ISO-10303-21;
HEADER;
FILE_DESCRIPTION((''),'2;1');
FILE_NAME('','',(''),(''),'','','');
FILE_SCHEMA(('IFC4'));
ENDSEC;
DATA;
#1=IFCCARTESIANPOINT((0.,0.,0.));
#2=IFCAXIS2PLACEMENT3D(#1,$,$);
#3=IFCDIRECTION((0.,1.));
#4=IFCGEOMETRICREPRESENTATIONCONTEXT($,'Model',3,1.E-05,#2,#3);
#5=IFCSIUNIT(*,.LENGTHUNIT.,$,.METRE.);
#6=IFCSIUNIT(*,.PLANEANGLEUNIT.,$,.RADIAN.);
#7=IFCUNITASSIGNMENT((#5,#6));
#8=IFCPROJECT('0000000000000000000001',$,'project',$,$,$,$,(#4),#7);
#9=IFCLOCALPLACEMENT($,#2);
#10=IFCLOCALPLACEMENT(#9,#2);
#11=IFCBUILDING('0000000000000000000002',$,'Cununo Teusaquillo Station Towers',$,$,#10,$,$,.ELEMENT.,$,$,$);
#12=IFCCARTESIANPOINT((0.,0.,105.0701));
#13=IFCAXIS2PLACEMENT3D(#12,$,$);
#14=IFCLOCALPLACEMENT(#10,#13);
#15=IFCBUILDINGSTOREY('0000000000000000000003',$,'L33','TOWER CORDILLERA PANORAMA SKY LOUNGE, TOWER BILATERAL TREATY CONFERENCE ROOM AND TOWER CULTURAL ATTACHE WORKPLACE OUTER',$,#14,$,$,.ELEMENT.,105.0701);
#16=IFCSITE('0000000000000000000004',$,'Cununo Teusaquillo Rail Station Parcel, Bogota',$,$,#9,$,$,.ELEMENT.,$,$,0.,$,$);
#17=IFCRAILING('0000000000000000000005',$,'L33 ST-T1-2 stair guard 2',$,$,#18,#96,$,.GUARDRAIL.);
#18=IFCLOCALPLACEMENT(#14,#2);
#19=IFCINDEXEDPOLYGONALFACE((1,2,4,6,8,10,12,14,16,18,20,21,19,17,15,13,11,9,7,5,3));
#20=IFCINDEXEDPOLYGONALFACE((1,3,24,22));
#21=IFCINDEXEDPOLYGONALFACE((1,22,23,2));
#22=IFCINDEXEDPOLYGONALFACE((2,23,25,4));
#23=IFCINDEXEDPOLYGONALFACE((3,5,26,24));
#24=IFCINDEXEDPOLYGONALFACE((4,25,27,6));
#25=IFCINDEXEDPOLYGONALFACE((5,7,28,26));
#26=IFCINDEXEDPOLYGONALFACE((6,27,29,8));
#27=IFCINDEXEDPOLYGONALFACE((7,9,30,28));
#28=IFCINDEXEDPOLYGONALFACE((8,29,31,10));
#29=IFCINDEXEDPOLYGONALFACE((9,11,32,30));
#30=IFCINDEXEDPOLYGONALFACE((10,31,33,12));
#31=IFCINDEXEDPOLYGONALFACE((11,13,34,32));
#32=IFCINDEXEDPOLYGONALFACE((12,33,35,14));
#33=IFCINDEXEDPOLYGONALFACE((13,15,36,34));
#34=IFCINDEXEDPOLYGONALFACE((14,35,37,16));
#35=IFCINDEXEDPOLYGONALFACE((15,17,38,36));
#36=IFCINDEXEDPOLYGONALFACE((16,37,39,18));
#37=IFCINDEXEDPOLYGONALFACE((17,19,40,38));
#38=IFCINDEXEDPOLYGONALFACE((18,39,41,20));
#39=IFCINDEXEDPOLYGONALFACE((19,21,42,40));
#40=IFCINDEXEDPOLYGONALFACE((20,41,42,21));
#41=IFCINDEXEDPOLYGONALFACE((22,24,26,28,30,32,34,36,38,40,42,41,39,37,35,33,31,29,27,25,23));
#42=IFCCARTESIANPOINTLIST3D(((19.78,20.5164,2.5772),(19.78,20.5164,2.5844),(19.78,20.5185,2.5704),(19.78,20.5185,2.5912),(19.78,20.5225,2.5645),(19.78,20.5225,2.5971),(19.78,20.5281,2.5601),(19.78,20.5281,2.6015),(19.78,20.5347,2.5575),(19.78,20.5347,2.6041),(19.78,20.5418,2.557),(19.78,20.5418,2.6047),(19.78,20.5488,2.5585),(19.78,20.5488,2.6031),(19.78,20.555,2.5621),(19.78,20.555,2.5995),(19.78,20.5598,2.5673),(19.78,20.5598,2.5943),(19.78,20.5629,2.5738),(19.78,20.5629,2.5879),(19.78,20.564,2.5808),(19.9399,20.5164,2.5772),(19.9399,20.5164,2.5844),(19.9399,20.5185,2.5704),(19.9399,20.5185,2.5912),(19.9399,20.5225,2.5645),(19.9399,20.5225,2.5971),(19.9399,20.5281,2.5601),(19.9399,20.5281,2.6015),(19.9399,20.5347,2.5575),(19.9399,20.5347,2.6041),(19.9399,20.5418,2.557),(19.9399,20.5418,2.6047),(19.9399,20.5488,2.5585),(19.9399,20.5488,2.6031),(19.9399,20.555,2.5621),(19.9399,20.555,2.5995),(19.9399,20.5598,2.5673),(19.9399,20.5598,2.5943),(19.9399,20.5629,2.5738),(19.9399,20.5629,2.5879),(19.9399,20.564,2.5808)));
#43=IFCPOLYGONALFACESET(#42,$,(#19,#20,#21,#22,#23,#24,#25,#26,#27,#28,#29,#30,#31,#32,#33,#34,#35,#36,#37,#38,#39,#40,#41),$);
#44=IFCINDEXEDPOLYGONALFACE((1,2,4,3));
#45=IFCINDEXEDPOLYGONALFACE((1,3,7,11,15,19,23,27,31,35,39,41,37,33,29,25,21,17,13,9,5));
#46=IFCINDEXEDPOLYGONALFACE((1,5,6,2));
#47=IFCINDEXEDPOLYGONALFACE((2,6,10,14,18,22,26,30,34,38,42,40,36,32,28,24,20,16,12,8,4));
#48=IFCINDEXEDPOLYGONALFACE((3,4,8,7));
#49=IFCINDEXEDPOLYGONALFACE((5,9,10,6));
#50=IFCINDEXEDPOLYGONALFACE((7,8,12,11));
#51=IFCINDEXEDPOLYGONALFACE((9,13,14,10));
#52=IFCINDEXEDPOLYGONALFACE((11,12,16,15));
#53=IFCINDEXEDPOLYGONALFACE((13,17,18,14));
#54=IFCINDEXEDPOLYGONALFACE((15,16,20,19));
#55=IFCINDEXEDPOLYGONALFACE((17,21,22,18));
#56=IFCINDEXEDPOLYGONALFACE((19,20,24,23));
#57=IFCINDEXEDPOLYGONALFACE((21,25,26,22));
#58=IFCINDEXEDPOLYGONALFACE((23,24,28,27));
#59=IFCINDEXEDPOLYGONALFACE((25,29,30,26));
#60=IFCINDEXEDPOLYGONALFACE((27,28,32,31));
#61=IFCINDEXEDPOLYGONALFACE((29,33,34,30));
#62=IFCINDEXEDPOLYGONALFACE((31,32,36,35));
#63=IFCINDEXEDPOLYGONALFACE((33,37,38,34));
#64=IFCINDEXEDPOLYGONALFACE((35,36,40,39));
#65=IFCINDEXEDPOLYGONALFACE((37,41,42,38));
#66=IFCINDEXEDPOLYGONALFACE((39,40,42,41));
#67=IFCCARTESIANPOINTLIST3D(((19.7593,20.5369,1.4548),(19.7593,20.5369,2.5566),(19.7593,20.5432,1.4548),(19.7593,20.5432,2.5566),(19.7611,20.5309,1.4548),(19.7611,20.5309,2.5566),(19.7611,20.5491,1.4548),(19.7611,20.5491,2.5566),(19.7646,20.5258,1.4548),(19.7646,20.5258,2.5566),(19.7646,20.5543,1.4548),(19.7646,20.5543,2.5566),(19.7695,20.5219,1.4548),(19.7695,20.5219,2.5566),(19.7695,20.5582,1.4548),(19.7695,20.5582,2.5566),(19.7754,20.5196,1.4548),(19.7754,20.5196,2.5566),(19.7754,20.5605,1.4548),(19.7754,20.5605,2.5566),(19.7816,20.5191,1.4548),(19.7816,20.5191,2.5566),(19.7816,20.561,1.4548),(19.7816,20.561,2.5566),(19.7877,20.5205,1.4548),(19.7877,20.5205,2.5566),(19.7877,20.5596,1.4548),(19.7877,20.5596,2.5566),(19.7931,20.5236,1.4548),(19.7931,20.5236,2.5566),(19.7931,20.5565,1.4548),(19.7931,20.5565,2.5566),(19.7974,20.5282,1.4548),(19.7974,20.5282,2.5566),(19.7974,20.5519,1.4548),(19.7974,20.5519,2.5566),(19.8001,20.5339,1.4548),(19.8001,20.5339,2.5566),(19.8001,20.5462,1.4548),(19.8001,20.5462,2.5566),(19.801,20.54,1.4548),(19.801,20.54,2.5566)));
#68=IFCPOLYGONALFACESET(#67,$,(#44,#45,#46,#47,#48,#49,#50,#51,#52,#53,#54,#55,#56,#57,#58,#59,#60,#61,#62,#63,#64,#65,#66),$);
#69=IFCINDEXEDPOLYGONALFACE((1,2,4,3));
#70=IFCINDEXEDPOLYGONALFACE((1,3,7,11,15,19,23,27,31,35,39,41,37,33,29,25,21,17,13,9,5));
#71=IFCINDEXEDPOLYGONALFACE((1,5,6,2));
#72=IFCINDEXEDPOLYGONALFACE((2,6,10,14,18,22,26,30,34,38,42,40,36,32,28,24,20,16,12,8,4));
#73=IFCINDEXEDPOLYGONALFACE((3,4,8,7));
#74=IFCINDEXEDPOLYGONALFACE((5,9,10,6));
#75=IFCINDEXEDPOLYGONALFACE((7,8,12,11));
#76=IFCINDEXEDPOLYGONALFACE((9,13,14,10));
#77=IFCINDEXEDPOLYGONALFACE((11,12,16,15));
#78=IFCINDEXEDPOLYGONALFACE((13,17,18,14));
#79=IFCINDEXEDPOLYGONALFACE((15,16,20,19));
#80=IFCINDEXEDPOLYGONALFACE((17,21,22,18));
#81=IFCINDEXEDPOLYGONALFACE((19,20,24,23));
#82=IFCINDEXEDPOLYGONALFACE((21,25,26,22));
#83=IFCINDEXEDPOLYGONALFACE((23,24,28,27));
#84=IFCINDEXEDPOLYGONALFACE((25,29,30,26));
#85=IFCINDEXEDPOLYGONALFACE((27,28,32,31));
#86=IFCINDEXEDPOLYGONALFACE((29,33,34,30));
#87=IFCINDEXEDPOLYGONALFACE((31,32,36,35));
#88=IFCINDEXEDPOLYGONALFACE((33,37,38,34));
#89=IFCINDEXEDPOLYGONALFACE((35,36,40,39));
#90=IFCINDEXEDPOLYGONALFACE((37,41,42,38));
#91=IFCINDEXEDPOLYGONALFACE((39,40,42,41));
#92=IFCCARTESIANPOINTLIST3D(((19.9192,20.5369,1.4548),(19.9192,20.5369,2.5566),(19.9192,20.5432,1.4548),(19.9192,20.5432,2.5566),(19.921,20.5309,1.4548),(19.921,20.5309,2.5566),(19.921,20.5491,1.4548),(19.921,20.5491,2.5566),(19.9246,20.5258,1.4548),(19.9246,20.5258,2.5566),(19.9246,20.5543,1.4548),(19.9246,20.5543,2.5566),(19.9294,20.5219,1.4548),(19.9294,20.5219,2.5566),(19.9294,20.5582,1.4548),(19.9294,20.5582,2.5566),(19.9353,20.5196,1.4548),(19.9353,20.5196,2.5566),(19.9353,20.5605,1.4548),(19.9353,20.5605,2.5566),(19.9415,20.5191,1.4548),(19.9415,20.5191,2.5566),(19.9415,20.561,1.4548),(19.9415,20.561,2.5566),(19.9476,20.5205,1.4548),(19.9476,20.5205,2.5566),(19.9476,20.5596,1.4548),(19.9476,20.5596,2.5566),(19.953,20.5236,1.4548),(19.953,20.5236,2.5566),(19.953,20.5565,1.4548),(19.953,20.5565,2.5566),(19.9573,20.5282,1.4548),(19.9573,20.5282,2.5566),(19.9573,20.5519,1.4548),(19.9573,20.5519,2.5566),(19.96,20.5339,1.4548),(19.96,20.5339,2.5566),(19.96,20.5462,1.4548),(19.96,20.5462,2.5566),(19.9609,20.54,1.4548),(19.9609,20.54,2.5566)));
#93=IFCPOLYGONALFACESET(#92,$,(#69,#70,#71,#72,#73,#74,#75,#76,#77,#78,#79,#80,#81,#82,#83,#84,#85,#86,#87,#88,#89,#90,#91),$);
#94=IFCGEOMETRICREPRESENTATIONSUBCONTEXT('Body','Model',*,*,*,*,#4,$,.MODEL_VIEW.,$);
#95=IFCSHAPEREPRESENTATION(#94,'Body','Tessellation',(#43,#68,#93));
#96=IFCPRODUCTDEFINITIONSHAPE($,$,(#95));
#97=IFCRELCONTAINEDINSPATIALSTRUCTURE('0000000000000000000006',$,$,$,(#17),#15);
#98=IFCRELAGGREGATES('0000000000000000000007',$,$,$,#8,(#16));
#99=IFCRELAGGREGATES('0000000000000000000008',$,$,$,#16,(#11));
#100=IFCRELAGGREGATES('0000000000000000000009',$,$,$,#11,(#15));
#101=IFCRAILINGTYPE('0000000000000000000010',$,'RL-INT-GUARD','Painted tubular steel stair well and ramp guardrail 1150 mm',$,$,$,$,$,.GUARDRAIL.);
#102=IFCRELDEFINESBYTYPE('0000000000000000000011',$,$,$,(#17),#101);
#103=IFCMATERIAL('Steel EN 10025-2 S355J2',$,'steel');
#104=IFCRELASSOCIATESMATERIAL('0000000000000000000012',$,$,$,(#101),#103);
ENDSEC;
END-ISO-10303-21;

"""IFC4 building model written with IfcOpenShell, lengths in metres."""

from ifc_helpers import new_model, si_unit, direction, frame, origin, origin_2d, place, context, subcontext, project, spatial, circle, extrude, material, type_object, element, save


model = new_model("IFC4")

# Units and contexts
model_context = context("Model", 3, precision=1e-05, world=origin(), true_north=direction((0.0, 1.0)))
body_context = subcontext(model_context, "Body", "Model", "MODEL_VIEW")
ifc_project = project(units=[si_unit("LENGTHUNIT", "METRE"), si_unit("PLANEANGLEUNIT", "RADIAN")], contexts=[model_context])

# Site, building, storey
site_placement = place(None, origin())
site = spatial("IfcSite", under=ifc_project, at=site_placement, Name="Cununo Teusaquillo Rail Station Parcel, Bogota", CompositionType="ELEMENT", RefElevation=0.0)
building_placement = place(site_placement, origin())
building = spatial("IfcBuilding", under=site, at=building_placement, Name="Cununo Teusaquillo Station Towers", CompositionType="ELEMENT")
storey_placement = place(building_placement, frame((0.0, 0.0, 105.0701)))
storey = spatial("IfcBuildingStorey", under=building, at=storey_placement, Name="L33", Description="TOWER CORDILLERA PANORAMA SKY LOUNGE, TOWER BILATERAL TREATY CONFERENCE ROOM AND TOWER CULTURAL ATTACHE WORKPLACE OUTER", CompositionType="ELEMENT", Elevation=105.0701)

# Railing
ifc_material_1 = material(Name="Steel EN 10025-2 S355J2", Category="steel")
railing_type_1 = type_object("IfcRailingType", Name="RL-INT-GUARD", Description="Painted tubular steel stair well and ramp guardrail 1150 mm", PredefinedType="GUARDRAIL", material=ifc_material_1)
railing_1_placement = place(storey_placement, frame((19.78, 20.54, 1.4548)))
element("IfcRailing", 1, at=railing_1_placement, inside=storey, type_object=railing_type_1, Name="L33 ST-T1-2 stair guard 2", PredefinedType="GUARDRAIL", context=body_context, shape_type="SweptSolid", body=[
    extrude(circle(Radius=0.0239, at=origin_2d()), frame((0.0, 0.0, 1.126), z_axis=(1.0, 0.0, 0.0), x_axis=(0.0, 1.0, 0.0)), (0.0, 0.0, 1.0), 0.1599),
    extrude(circle(Radius=0.021, at=origin_2d()), origin(), (0.0, 0.0, 1.0), 1.1018),
    extrude(circle(Radius=0.021, at=origin_2d()), frame((0.1599, 0.0, 0.0)), (0.0, 0.0, 1.0), 1.1018),
])

save(model, "model.ifc")
